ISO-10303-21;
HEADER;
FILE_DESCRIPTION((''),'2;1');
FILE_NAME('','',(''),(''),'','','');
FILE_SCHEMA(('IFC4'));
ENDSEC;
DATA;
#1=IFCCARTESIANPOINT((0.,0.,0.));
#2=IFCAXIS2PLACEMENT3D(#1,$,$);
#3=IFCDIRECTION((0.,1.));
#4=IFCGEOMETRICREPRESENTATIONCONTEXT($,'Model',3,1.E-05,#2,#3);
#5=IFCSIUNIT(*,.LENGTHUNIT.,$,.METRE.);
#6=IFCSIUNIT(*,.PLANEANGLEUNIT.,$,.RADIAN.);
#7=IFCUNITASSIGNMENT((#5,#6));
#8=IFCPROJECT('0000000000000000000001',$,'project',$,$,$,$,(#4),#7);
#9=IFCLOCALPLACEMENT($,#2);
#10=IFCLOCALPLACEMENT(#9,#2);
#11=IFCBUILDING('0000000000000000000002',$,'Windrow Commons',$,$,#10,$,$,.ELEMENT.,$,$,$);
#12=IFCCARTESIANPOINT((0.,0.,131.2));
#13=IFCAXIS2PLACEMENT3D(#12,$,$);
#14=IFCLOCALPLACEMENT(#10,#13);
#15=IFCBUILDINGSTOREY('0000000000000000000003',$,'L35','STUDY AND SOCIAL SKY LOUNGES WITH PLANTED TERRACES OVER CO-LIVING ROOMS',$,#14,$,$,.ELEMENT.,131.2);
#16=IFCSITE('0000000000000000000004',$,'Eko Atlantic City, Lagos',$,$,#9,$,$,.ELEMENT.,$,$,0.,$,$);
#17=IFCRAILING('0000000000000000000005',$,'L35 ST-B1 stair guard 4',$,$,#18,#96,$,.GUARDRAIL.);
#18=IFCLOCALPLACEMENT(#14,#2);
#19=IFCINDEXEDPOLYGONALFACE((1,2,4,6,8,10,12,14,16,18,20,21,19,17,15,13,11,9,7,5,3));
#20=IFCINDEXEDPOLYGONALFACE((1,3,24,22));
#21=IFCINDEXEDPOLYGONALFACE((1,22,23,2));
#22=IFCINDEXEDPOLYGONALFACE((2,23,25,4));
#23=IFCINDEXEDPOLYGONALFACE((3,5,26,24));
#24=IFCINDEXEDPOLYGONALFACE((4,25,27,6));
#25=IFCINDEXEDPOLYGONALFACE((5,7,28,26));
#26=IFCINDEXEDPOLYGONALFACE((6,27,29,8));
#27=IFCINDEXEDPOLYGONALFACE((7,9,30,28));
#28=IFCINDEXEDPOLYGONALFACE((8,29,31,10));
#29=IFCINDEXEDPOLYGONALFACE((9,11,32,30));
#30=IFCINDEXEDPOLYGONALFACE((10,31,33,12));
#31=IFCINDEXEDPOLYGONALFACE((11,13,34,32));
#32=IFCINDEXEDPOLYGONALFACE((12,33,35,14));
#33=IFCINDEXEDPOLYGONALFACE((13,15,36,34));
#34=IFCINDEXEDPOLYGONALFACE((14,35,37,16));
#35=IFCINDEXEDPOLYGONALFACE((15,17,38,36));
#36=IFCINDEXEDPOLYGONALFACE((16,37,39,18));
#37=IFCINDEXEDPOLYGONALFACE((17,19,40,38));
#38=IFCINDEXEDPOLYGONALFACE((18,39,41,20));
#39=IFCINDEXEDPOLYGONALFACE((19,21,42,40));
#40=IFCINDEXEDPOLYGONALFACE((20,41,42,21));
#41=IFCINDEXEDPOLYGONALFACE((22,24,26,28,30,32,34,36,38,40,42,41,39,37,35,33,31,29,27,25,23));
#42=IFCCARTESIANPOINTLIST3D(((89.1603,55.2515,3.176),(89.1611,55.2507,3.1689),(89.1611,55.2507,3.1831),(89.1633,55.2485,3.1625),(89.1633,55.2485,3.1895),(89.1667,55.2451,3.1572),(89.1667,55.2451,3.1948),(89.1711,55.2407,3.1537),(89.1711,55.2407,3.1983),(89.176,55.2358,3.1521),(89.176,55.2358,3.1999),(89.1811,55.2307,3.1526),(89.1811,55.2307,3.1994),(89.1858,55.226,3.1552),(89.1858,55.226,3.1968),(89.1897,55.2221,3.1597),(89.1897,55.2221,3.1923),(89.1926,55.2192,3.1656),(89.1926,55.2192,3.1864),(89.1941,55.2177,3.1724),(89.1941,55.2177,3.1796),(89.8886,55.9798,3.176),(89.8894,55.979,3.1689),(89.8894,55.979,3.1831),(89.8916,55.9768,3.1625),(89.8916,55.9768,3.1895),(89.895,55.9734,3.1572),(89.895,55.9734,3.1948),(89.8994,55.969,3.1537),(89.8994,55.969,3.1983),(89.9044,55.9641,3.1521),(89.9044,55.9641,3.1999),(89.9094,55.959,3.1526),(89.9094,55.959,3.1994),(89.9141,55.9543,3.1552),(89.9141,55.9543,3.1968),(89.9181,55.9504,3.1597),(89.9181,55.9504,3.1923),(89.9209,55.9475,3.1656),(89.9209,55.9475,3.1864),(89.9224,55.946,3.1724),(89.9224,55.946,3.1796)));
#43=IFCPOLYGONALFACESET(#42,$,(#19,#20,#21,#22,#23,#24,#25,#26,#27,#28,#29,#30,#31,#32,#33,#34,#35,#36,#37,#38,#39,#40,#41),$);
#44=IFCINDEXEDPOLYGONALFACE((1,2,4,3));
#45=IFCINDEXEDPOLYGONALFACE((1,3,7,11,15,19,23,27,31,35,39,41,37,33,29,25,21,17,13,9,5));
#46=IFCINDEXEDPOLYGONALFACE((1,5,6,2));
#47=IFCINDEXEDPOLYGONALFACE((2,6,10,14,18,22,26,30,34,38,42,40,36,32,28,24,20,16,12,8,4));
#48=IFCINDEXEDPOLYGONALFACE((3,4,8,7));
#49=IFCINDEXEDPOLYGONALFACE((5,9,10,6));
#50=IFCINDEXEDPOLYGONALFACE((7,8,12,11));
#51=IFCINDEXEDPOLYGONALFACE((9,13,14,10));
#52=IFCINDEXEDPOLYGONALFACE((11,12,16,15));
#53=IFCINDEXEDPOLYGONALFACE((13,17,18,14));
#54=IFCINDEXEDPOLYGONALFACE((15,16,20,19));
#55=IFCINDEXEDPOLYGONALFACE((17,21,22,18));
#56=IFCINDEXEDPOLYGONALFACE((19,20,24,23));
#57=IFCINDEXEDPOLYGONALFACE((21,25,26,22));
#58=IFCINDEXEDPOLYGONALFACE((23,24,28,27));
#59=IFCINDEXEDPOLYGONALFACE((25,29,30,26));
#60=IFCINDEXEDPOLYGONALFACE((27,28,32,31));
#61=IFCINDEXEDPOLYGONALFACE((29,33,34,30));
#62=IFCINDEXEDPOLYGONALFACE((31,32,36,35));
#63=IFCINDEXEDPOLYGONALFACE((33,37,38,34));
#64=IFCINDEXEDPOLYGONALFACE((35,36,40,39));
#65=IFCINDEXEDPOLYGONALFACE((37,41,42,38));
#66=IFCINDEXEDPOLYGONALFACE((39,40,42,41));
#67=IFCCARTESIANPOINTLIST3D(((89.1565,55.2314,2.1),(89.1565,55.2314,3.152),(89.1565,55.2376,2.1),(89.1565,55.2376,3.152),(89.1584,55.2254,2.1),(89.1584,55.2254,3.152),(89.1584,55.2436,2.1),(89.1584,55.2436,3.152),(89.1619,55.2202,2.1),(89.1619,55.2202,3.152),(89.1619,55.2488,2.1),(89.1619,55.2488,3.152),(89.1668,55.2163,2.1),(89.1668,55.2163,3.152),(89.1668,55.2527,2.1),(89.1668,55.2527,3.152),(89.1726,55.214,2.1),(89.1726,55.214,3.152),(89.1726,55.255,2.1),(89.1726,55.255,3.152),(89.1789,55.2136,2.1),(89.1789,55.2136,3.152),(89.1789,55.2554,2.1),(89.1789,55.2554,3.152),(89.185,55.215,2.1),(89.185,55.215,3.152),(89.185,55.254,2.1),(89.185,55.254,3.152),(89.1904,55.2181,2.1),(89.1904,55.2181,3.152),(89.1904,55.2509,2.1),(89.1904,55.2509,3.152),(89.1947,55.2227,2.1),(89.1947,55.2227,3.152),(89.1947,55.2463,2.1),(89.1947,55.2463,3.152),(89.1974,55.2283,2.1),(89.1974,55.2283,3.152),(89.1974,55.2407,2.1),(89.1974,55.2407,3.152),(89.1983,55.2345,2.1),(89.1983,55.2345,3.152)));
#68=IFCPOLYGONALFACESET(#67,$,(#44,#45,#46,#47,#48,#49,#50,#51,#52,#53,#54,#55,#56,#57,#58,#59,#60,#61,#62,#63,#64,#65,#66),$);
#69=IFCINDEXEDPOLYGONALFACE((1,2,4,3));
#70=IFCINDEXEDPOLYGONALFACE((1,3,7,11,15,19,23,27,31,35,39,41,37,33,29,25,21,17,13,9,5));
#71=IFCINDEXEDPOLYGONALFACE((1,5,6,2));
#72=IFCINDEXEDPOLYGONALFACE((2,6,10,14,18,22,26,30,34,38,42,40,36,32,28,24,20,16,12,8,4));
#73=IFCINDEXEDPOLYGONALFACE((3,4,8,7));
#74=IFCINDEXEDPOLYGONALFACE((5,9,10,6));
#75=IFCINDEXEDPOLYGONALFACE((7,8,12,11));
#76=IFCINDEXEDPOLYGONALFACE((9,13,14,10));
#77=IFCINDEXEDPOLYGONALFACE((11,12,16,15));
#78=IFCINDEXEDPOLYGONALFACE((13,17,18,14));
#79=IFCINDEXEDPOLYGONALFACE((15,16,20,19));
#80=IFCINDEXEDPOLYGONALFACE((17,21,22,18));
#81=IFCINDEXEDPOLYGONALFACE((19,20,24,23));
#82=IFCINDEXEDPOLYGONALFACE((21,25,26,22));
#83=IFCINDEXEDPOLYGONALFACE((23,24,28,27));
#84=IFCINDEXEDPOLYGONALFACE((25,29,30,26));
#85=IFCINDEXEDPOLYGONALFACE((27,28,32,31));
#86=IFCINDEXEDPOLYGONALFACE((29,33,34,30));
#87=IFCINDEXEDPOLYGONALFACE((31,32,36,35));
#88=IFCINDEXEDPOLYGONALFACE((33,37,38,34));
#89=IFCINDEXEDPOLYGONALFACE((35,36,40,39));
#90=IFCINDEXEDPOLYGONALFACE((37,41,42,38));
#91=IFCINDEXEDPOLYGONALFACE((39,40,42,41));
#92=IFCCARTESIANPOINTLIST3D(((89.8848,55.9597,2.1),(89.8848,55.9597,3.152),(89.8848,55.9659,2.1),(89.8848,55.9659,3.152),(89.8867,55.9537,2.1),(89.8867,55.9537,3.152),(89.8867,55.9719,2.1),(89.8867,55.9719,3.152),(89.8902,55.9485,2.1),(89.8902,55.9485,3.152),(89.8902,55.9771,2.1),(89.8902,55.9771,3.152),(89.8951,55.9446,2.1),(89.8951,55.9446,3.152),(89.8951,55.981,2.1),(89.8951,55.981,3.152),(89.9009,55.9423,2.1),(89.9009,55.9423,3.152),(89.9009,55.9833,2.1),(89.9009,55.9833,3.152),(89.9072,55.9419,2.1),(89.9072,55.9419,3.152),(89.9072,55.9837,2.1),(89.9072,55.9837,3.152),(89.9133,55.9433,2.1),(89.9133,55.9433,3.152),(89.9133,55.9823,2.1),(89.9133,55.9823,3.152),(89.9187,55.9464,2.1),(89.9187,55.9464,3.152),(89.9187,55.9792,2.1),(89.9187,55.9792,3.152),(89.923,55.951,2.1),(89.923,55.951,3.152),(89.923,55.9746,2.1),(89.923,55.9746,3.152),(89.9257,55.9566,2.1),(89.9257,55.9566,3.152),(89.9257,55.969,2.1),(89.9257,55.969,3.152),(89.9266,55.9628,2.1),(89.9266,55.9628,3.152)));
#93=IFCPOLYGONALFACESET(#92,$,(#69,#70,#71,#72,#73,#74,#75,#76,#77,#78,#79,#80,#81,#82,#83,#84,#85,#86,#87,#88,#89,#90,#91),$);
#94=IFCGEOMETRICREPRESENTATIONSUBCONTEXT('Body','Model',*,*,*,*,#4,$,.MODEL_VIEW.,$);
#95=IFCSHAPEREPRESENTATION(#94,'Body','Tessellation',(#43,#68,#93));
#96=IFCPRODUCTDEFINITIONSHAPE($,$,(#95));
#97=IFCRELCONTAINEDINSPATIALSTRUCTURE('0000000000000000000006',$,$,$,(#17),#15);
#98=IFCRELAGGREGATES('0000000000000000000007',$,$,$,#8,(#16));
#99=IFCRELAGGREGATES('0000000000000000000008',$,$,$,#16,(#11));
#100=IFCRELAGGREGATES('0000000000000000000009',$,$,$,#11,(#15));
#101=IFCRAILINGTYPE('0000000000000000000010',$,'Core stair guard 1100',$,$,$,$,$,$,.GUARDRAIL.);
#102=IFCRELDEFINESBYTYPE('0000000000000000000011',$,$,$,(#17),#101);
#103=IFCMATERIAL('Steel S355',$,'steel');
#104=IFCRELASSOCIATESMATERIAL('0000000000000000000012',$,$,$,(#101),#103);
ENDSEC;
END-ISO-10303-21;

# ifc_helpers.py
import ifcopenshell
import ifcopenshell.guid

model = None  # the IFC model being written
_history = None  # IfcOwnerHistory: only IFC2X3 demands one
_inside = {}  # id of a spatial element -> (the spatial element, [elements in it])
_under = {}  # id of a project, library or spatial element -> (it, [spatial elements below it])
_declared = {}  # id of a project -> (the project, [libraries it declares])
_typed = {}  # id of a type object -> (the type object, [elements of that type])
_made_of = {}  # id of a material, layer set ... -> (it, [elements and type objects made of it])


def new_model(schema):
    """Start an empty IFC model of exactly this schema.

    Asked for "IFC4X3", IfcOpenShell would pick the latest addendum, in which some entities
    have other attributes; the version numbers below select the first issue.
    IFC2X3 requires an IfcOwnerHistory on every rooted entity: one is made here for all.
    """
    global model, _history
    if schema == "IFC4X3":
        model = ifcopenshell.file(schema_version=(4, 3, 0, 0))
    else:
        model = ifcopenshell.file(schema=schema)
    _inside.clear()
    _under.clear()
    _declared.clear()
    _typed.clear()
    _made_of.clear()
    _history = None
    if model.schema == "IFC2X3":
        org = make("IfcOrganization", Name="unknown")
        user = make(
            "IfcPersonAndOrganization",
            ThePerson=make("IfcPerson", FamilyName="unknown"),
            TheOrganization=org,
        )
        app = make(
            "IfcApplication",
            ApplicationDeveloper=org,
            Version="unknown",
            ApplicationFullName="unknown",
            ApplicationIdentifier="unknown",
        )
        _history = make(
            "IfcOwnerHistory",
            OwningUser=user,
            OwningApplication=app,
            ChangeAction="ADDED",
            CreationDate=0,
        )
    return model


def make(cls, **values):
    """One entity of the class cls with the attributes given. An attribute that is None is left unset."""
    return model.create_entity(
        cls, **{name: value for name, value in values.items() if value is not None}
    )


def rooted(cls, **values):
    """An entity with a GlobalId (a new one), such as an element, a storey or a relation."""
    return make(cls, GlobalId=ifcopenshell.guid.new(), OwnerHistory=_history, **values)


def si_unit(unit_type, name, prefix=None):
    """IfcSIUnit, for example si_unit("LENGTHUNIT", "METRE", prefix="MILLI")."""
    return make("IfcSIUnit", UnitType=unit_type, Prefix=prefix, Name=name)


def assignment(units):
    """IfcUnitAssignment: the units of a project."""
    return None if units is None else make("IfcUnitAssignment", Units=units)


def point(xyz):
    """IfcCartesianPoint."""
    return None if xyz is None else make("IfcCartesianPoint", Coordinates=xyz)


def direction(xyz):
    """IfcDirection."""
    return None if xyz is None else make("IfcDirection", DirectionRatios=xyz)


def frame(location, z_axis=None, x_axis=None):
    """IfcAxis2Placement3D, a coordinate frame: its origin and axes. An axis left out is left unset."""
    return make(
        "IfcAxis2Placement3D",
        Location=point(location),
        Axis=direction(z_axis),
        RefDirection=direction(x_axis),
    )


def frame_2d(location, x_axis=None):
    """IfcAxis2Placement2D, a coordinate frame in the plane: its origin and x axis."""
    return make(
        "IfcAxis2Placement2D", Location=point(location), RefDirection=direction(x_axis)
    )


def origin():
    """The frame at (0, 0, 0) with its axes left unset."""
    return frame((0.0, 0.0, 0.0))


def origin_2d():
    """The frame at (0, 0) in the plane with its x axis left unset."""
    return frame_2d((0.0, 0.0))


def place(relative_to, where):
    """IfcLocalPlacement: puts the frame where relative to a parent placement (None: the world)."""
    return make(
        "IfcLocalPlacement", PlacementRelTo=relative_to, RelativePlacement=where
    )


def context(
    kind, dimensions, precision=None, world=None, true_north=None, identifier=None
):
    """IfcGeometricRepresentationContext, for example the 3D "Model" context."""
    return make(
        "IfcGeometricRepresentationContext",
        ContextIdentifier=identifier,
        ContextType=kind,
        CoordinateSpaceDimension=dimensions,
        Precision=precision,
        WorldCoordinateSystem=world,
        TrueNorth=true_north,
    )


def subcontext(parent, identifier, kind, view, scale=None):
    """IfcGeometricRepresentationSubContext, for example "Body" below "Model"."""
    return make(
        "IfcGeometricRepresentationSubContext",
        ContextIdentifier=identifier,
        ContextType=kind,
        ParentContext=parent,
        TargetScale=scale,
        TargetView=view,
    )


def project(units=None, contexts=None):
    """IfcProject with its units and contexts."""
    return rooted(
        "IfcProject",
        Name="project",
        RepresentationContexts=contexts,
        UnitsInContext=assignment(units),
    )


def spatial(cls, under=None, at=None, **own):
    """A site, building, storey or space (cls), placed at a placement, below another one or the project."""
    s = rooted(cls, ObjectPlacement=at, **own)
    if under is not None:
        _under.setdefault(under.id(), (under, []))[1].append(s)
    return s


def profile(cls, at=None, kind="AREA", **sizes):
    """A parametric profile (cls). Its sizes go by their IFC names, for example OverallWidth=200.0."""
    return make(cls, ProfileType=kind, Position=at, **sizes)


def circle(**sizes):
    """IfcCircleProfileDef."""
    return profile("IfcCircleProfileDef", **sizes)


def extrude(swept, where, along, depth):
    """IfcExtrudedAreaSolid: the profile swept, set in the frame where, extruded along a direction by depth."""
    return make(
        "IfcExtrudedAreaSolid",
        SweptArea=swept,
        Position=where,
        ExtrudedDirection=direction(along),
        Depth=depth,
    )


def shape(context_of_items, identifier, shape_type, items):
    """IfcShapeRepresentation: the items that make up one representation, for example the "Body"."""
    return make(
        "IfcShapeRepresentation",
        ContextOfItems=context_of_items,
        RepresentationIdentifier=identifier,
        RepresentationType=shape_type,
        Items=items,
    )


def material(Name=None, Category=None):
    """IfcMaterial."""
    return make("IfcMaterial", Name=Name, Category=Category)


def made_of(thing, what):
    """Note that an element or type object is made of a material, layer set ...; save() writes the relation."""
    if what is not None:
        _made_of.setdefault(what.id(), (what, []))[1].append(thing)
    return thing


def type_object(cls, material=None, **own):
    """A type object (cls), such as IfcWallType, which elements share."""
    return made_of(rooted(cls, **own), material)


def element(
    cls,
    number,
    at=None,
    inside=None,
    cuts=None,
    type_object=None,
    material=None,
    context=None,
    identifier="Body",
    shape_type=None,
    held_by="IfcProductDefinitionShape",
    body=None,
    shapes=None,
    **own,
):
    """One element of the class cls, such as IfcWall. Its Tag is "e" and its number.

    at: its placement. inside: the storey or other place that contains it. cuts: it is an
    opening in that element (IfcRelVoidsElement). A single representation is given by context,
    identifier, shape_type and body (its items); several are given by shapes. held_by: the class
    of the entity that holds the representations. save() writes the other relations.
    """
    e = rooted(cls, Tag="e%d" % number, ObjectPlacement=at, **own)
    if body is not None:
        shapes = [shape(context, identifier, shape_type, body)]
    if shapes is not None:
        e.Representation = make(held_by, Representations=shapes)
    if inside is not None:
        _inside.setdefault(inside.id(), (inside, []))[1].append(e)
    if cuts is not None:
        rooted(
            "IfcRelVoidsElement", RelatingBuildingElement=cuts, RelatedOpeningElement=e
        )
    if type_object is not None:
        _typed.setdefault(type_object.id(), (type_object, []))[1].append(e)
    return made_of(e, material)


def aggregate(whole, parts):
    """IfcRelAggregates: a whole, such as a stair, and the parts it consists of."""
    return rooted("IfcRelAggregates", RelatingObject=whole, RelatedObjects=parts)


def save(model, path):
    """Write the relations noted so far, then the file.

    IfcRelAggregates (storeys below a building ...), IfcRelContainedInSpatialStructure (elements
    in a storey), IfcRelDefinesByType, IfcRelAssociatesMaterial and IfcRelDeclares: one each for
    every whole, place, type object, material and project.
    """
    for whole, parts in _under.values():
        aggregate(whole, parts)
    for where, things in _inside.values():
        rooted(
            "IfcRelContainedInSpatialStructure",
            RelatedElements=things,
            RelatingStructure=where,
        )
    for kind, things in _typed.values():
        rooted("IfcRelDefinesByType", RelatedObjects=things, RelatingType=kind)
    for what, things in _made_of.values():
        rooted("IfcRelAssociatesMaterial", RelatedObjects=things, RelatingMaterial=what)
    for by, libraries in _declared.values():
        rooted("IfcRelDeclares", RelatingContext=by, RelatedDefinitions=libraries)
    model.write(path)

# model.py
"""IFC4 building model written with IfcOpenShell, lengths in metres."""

from ifc_helpers import new_model, si_unit, direction, frame, origin, origin_2d, place, context, subcontext, project, spatial, circle, extrude, material, type_object, element, save


model = new_model("IFC4")

# Units and contexts
model_context = context("Model", 3, precision=1e-05, world=origin(), true_north=direction((0.0, 1.0)))
body_context = subcontext(model_context, "Body", "Model", "MODEL_VIEW")
ifc_project = project(units=[si_unit("LENGTHUNIT", "METRE"), si_unit("PLANEANGLEUNIT", "RADIAN")], contexts=[model_context])

# Site, building, storey
site_placement = place(None, origin())
site = spatial("IfcSite", under=ifc_project, at=site_placement, Name="Eko Atlantic City, Lagos", CompositionType="ELEMENT", RefElevation=0.0)
building_placement = place(site_placement, origin())
building = spatial("IfcBuilding", under=site, at=building_placement, Name="Windrow Commons", CompositionType="ELEMENT")
storey_placement = place(building_placement, frame((0.0, 0.0, 131.2)))
storey = spatial("IfcBuildingStorey", under=building, at=storey_placement, Name="L35", Description="STUDY AND SOCIAL SKY LOUNGES WITH PLANTED TERRACES OVER CO-LIVING ROOMS", CompositionType="ELEMENT", Elevation=131.2)

# Railing
ifc_material_1 = material(Name="Steel S355", Category="steel")
railing_type_1 = type_object("IfcRailingType", Name="Core stair guard 1100", PredefinedType="GUARDRAIL", material=ifc_material_1)
railing_1_placement = place(storey_placement, frame((89.1773, 55.2345, 2.1)))
element("IfcRailing", 1, at=railing_1_placement, inside=storey, type_object=railing_type_1, Name="L35 ST-B1 stair guard 4", PredefinedType="GUARDRAIL", context=body_context, shape_type="SweptSolid", body=[
    extrude(circle(Radius=0.024, at=origin_2d()), frame((0.0, 0.0, 1.076), z_axis=(0.707107, 0.707107, 0.0), x_axis=(-0.707107, 0.707107, 0.0)), (0.0, 0.0, 1.0), 1.03),
    extrude(circle(Radius=0.021, at=origin_2d()), origin(), (0.0, 0.0, 1.0), 1.052),
    extrude(circle(Radius=0.021, at=origin_2d()), frame((0.7283, 0.7283, 0.0)), (0.0, 0.0, 1.0), 1.052),
])

save(model, "model.ifc")
